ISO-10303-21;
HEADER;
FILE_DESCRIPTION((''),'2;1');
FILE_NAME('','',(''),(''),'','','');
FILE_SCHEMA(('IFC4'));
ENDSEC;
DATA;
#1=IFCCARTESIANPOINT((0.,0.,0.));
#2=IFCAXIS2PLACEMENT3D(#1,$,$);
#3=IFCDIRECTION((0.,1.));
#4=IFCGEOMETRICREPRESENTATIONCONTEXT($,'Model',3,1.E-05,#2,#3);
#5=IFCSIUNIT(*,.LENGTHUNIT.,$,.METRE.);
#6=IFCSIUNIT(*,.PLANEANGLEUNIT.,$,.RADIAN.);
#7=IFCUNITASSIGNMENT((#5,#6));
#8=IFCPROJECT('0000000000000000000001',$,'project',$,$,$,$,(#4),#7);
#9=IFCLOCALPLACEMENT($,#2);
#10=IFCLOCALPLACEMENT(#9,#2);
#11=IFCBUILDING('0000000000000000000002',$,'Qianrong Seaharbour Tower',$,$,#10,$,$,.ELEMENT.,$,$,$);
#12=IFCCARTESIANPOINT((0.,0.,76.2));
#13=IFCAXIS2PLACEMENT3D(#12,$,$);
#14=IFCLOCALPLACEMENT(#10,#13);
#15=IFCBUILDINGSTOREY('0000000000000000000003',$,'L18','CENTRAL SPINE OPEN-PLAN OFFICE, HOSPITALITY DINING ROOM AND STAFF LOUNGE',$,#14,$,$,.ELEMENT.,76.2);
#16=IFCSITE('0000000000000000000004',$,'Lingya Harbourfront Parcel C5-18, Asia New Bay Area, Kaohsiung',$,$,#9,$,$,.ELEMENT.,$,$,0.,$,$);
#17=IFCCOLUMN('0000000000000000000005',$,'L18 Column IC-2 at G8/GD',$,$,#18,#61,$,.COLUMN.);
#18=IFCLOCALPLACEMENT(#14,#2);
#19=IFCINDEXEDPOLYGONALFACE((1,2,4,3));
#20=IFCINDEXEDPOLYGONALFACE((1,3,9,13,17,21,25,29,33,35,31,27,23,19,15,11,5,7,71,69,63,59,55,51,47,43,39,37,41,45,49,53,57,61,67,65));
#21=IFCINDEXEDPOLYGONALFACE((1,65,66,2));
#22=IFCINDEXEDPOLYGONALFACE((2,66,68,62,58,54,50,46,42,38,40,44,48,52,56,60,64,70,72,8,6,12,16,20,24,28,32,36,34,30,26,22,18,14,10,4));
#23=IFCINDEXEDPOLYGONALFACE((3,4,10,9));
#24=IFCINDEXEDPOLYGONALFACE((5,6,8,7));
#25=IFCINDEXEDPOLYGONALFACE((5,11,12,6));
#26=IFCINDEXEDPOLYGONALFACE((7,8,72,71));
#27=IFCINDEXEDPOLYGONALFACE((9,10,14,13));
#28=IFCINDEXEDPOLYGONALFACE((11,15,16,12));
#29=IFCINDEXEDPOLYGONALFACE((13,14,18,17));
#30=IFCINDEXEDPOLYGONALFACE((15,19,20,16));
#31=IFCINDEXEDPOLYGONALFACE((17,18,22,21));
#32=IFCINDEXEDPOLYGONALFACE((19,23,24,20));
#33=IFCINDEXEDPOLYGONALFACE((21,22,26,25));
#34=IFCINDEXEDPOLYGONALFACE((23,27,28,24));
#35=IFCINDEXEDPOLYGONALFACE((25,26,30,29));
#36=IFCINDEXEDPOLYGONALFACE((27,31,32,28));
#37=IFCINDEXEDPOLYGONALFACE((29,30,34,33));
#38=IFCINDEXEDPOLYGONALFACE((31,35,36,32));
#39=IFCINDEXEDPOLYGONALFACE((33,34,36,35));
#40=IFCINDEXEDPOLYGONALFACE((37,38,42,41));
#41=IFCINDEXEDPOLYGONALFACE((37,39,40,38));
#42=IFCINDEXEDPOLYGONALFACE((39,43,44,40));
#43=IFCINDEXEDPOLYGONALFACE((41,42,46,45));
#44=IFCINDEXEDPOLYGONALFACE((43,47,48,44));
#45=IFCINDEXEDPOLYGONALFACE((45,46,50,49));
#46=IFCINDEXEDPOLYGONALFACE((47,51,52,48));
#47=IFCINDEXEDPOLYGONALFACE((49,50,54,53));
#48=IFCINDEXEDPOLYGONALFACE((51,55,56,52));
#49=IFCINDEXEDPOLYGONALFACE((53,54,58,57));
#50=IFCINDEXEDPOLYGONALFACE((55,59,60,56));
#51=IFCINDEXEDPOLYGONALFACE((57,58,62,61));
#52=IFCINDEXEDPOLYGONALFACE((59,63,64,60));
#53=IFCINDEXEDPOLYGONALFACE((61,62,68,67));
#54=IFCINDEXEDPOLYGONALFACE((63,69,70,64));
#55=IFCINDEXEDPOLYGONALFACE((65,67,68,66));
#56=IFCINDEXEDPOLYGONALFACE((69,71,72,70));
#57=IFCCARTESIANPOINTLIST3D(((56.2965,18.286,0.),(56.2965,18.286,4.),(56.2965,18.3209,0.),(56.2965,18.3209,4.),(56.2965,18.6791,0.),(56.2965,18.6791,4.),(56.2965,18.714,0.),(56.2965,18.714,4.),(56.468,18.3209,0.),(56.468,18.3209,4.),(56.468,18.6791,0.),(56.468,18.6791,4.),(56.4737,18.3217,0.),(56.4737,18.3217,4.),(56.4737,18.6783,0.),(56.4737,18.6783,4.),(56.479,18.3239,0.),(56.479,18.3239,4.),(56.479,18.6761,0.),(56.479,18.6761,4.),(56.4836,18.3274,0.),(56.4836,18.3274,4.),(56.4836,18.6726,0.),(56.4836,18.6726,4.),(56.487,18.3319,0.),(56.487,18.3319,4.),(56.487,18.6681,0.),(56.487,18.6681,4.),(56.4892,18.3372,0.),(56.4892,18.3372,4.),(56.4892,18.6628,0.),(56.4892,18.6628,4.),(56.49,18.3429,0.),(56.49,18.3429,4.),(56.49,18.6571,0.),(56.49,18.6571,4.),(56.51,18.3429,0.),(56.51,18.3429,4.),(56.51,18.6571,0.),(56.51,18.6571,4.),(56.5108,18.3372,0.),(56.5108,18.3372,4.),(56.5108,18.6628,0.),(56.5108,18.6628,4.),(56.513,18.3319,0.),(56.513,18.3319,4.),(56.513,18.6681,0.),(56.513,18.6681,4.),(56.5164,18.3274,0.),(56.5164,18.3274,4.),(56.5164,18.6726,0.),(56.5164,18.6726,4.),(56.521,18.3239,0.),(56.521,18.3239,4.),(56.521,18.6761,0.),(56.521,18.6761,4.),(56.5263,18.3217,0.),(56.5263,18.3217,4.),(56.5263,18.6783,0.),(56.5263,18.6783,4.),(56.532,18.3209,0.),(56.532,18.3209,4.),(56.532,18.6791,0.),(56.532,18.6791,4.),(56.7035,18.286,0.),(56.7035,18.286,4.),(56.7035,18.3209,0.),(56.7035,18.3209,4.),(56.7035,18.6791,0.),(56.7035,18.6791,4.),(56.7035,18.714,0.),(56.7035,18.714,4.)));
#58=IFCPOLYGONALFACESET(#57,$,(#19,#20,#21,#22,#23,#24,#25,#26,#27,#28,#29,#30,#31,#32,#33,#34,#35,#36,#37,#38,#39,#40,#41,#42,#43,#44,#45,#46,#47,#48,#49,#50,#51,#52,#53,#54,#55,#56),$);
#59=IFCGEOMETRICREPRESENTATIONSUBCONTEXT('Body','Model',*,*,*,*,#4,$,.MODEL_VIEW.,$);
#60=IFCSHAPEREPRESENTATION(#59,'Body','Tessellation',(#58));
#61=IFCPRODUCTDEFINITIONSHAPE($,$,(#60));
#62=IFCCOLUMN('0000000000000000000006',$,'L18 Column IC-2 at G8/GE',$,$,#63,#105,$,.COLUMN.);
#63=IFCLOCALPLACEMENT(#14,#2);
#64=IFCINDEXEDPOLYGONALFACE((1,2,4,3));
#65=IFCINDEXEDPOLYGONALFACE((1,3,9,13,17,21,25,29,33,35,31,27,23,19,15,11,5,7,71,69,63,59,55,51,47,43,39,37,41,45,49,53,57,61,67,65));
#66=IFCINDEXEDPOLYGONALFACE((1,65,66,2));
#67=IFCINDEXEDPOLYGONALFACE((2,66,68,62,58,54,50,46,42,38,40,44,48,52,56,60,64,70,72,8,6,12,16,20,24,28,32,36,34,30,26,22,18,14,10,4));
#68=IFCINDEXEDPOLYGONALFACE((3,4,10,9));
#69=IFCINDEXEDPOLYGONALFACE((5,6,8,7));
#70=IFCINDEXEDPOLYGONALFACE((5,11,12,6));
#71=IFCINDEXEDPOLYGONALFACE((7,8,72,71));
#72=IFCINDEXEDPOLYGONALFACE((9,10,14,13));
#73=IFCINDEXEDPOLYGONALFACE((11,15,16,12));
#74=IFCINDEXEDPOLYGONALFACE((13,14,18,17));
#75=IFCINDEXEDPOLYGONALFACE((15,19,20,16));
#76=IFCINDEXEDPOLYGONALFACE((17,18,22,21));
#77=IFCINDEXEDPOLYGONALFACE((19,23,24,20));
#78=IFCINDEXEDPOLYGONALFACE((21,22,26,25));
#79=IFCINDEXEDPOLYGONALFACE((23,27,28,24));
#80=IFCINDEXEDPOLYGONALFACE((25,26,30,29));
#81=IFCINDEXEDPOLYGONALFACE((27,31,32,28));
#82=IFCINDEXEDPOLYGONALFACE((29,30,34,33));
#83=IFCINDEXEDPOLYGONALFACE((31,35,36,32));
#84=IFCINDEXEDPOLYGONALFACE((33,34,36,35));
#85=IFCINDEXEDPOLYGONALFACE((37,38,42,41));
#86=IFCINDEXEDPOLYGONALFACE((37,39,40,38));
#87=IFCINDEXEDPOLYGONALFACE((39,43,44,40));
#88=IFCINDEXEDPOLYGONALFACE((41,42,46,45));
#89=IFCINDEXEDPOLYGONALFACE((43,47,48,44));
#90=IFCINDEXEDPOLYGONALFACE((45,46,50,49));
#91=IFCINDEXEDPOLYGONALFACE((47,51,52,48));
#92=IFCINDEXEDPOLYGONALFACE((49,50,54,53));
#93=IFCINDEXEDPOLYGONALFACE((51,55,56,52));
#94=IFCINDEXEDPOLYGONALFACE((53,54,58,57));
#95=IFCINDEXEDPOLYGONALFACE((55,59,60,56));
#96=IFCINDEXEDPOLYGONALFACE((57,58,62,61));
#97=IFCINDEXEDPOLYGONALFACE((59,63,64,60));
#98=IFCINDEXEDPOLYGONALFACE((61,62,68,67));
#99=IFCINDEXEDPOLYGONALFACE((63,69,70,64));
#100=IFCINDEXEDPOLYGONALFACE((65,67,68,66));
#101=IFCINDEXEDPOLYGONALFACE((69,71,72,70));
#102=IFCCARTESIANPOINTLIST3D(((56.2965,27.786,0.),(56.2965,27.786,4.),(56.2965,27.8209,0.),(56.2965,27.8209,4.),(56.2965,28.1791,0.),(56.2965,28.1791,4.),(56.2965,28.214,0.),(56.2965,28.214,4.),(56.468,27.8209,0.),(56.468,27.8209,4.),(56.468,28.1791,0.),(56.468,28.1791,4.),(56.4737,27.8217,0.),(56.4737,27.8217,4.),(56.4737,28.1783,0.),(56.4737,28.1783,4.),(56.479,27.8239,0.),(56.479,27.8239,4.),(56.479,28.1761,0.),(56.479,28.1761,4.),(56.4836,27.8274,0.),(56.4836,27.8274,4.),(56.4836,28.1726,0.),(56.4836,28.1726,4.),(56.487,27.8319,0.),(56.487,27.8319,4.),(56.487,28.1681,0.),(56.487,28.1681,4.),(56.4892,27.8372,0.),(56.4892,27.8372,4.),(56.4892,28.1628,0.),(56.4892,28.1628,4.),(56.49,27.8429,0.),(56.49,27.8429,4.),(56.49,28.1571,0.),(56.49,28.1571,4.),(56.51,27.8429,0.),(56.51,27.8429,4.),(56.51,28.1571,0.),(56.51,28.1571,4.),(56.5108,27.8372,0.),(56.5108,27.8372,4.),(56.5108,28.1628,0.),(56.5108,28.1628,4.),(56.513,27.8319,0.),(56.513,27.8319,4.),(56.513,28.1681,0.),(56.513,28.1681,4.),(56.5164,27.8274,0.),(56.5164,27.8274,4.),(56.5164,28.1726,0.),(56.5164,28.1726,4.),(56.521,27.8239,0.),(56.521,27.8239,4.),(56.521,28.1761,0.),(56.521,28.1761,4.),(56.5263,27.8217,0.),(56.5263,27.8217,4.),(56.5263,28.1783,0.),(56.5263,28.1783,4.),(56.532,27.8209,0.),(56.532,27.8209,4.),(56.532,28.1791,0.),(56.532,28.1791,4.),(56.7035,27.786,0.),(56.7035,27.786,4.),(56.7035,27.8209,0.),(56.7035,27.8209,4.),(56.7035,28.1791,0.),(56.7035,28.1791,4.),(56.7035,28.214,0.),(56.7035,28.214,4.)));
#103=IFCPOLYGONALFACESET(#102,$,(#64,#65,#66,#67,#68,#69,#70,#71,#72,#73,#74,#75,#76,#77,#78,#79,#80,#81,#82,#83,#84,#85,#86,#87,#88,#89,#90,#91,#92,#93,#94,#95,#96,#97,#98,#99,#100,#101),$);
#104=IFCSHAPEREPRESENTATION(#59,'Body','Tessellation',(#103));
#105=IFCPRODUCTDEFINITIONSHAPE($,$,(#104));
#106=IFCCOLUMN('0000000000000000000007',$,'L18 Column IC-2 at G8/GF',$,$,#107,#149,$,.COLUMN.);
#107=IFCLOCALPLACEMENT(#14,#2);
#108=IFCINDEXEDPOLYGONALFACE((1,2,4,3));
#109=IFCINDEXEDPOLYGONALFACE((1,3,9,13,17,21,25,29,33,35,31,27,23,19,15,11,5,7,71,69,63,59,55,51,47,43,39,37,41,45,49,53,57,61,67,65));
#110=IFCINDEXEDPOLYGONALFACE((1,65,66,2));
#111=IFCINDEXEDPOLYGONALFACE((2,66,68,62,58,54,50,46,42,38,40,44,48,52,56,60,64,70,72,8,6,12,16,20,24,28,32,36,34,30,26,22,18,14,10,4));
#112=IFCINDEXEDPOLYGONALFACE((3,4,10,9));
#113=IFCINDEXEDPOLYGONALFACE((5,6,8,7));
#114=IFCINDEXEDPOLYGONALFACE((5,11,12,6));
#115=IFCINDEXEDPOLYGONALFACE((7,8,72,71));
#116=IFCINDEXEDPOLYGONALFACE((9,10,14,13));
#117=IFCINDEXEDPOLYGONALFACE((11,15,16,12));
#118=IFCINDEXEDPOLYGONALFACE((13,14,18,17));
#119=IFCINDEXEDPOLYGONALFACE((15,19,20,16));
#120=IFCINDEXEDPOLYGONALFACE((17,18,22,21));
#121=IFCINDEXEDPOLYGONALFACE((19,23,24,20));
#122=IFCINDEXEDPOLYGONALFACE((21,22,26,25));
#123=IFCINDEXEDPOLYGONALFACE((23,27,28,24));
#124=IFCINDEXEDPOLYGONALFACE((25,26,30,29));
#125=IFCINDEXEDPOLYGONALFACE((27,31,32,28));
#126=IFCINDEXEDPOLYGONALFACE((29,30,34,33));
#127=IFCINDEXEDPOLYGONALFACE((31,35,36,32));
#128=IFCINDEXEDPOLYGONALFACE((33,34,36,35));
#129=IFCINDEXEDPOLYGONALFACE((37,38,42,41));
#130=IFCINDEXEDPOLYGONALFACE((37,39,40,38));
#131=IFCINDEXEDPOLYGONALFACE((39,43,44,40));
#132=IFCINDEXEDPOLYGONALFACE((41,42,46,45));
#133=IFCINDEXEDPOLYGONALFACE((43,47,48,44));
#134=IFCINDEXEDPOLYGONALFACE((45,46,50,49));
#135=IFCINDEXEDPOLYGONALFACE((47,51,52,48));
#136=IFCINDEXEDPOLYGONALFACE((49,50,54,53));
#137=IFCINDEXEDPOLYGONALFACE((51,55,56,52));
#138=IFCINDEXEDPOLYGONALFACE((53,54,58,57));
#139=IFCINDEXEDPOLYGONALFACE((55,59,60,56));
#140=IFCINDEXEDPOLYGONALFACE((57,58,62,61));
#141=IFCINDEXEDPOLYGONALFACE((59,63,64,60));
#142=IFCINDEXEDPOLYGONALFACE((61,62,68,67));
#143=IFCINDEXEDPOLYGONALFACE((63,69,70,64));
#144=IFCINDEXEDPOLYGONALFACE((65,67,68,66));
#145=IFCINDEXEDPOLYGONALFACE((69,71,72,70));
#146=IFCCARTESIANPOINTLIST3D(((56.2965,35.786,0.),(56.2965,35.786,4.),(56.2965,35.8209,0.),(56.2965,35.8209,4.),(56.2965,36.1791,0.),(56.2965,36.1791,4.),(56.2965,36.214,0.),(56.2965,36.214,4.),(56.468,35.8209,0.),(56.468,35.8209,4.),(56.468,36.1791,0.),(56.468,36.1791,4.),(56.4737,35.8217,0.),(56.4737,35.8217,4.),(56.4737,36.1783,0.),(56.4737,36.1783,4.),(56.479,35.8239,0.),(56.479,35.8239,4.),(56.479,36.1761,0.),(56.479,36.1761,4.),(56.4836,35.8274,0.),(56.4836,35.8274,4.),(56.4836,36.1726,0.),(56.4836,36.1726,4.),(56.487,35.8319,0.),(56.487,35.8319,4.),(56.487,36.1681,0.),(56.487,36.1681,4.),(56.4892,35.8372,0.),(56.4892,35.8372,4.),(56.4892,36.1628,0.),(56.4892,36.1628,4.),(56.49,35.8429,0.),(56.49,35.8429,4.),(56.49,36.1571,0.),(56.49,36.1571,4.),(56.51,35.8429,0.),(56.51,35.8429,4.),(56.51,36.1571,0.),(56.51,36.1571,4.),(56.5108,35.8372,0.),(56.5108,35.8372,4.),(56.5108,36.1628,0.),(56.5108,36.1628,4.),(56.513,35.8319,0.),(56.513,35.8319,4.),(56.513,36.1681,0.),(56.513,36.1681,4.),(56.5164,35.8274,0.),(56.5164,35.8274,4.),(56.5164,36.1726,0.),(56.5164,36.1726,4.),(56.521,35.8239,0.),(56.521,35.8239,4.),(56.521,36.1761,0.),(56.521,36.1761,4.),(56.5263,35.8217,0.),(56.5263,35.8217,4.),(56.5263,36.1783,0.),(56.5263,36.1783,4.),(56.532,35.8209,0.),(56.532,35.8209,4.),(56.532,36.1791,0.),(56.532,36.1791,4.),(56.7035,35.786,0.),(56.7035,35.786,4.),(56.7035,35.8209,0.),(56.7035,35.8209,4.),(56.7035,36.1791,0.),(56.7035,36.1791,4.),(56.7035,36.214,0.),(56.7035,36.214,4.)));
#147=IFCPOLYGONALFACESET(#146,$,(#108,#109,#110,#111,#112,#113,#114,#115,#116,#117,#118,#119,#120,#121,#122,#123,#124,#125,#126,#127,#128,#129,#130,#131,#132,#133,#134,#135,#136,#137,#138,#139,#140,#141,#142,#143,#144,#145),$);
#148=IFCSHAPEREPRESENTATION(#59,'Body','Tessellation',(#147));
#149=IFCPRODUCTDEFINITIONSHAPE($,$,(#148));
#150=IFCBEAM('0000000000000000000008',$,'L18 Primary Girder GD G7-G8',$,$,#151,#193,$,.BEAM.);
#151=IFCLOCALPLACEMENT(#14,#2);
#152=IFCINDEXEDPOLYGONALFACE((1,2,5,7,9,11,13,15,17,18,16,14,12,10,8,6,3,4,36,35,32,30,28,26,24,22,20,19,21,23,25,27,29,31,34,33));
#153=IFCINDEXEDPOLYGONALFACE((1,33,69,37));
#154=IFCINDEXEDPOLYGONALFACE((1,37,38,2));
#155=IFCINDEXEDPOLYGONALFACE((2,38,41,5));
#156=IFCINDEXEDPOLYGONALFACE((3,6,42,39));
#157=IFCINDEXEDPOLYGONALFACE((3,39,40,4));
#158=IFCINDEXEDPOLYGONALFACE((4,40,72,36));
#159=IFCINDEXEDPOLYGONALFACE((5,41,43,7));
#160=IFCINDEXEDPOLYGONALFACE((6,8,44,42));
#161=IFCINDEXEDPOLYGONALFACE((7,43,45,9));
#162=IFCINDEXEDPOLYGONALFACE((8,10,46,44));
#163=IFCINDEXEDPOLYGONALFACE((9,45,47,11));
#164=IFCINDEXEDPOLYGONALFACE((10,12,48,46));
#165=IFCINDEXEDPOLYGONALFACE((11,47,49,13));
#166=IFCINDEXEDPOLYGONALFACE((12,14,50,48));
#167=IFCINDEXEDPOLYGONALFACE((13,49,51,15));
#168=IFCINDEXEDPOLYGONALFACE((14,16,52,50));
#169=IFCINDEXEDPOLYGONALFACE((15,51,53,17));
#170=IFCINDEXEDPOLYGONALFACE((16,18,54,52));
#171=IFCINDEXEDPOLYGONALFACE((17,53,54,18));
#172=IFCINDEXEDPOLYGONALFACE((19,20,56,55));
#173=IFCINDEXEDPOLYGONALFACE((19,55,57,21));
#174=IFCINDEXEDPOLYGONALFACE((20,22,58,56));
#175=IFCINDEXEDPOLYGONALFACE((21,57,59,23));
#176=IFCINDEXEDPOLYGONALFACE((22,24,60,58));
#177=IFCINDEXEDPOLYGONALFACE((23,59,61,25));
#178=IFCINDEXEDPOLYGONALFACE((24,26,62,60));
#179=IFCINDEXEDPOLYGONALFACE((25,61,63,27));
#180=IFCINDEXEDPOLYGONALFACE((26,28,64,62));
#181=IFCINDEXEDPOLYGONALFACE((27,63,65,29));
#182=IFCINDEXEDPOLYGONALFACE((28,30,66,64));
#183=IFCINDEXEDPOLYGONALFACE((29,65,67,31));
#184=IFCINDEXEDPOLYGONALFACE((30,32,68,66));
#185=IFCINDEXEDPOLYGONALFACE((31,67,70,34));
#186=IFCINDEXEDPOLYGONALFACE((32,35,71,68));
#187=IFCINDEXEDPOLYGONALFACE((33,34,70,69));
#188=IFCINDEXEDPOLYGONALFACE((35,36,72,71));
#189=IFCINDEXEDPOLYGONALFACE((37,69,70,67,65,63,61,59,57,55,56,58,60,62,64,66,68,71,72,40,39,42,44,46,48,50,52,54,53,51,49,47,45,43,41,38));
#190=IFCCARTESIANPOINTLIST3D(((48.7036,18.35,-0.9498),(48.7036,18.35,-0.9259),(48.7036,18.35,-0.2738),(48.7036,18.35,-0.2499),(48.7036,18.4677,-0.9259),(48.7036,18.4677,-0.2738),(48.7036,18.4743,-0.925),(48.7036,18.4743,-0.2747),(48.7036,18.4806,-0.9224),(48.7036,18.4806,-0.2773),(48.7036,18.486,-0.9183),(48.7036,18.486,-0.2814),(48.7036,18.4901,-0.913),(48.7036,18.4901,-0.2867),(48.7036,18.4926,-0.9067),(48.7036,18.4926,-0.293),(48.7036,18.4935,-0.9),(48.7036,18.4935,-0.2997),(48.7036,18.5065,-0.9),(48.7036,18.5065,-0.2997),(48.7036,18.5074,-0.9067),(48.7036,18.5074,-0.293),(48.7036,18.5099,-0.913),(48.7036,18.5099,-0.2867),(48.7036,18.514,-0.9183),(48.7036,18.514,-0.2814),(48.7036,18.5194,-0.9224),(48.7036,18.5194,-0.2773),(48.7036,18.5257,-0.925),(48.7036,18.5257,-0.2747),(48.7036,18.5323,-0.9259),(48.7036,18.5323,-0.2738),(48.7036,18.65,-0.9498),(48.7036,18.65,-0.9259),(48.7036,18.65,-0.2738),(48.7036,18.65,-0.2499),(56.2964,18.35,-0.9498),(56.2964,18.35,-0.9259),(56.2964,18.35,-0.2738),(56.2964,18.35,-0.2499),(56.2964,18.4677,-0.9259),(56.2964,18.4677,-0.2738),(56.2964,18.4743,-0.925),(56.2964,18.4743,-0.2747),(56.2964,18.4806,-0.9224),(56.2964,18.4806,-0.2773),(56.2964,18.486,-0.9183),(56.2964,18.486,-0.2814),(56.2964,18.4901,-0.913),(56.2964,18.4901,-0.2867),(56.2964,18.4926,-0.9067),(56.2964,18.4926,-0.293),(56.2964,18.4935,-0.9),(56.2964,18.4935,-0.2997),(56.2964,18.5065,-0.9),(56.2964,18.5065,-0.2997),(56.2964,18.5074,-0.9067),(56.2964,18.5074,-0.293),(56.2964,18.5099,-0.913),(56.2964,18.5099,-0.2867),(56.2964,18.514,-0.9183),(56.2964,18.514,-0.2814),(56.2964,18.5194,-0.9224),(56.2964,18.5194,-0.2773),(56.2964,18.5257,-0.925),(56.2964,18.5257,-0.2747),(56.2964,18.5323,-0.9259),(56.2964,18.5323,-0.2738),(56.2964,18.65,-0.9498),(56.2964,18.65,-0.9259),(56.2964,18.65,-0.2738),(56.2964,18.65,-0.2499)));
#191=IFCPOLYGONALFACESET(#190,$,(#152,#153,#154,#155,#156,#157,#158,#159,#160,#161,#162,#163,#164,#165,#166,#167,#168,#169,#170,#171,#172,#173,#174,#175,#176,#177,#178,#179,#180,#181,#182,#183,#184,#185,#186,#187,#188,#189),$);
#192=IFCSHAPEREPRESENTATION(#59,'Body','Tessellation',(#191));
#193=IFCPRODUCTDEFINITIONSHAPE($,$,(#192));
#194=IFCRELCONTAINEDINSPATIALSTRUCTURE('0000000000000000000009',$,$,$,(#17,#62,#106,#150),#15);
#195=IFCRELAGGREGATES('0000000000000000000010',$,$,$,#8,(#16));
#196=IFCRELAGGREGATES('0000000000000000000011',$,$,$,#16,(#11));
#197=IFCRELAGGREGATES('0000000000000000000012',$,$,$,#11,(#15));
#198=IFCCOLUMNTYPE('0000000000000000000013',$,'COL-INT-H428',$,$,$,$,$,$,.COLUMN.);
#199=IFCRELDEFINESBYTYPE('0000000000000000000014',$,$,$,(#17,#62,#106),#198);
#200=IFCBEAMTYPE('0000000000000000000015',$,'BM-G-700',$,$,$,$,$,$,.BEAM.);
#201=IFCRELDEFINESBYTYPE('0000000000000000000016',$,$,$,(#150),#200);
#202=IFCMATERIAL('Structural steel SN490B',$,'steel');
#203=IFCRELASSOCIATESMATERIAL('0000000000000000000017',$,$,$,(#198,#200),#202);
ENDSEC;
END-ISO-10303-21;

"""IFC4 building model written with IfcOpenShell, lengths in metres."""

from ifc_helpers import new_model, si_unit, direction, frame, origin, origin_2d, place, context, subcontext, project, spatial, i_section, extrude, material, material_profile, profile_set, type_object, element, save


model = new_model("IFC4")

# Units and contexts
model_context = context("Model", 3, precision=1e-05, world=origin(), true_north=direction((0.0, 1.0)))
body_context = subcontext(model_context, "Body", "Model", "MODEL_VIEW")
ifc_project = project(units=[si_unit("LENGTHUNIT", "METRE"), si_unit("PLANEANGLEUNIT", "RADIAN")], contexts=[model_context])

# Site, building, storey
site_placement = place(None, origin())
site = spatial("IfcSite", under=ifc_project, at=site_placement, Name="Lingya Harbourfront Parcel C5-18, Asia New Bay Area, Kaohsiung", CompositionType="ELEMENT", RefElevation=0.0)
building_placement = place(site_placement, origin())
building = spatial("IfcBuilding", under=site, at=building_placement, Name="Qianrong Seaharbour Tower", CompositionType="ELEMENT")
storey_placement = place(building_placement, frame((0.0, 0.0, 76.2)))
storey = spatial("IfcBuildingStorey", under=building, at=storey_placement, Name="L18", Description="CENTRAL SPINE OPEN-PLAN OFFICE, HOSPITALITY DINING ROOM AND STAFF LOUNGE", CompositionType="ELEMENT", Elevation=76.2)

# Columns
ifc_material_1 = material(Name="Structural steel SN490B", Category="steel")
ifc_material_profile_1 = material_profile(ifc_material_1, i_section(OverallWidth=0.407, OverallDepth=0.428, WebThickness=0.02, FlangeThickness=0.0349, FilletRadius=0.022, at=origin_2d()), Name="H428x407x20x35")
ifc_profile_set_1 = profile_set([ifc_material_profile_1], Name="Structural steel SN490B")
column_type_1 = type_object("IfcColumnType", Name="COL-INT-H428", PredefinedType="COLUMN", material=ifc_profile_set_1)
for number, where, z_axis, x_axis, name in (
    (1, (56.5, 18.5, 0.0), (0.0, 0.0, 1.0), (1.0, 0.0, 0.0), "L18 Column IC-2 at G8/GD"),
    (2, (56.5, 28.0, 0.0), (0.0, 0.0, 1.0), (1.0, 0.0, 0.0), "L18 Column IC-2 at G8/GE"),
    (3, (56.5, 36.0, 0.0), (0.0, 0.0, 1.0), (1.0, 0.0, 0.0), "L18 Column IC-2 at G8/GF"),
):
    element("IfcColumn", number, at=place(storey_placement, frame(where, z_axis=z_axis, x_axis=x_axis)), inside=storey, type_object=column_type_1, Name=name, PredefinedType="COLUMN", context=body_context, shape_type="SweptSolid", body=[
        extrude(i_section(OverallWidth=0.407, OverallDepth=0.428, WebThickness=0.02, FlangeThickness=0.0349, FilletRadius=0.022, at=origin_2d()), origin(), (0.0, 0.0, 1.0), 4.0),
    ])

# Beam
ifc_material_profile_2 = material_profile(ifc_material_1, i_section(OverallWidth=0.3, OverallDepth=0.7, WebThickness=0.0129, FlangeThickness=0.0239, FilletRadius=0.0259, at=origin_2d()), Name="H700x300x13x24")
ifc_profile_set_2 = profile_set([ifc_material_profile_2], Name="Structural steel SN490B")
beam_type_1 = type_object("IfcBeamType", Name="BM-G-700", PredefinedType="BEAM", material=ifc_profile_set_2)
beam_1_placement = place(storey_placement, frame((48.7036, 18.5, -0.5999), z_axis=(1.0, 0.0, 0.0), x_axis=(0.0, 1.0, 0.0)))
element("IfcBeam", 4, at=beam_1_placement, inside=storey, type_object=beam_type_1, Name="L18 Primary Girder GD G7-G8", PredefinedType="BEAM", context=body_context, shape_type="SweptSolid", body=[
    extrude(i_section(OverallWidth=0.3, OverallDepth=0.7, WebThickness=0.0129, FlangeThickness=0.0239, FilletRadius=0.0259, at=origin_2d()), origin(), (0.0, 0.0, 1.0), 7.5928),
])

save(model, "model.ifc")
